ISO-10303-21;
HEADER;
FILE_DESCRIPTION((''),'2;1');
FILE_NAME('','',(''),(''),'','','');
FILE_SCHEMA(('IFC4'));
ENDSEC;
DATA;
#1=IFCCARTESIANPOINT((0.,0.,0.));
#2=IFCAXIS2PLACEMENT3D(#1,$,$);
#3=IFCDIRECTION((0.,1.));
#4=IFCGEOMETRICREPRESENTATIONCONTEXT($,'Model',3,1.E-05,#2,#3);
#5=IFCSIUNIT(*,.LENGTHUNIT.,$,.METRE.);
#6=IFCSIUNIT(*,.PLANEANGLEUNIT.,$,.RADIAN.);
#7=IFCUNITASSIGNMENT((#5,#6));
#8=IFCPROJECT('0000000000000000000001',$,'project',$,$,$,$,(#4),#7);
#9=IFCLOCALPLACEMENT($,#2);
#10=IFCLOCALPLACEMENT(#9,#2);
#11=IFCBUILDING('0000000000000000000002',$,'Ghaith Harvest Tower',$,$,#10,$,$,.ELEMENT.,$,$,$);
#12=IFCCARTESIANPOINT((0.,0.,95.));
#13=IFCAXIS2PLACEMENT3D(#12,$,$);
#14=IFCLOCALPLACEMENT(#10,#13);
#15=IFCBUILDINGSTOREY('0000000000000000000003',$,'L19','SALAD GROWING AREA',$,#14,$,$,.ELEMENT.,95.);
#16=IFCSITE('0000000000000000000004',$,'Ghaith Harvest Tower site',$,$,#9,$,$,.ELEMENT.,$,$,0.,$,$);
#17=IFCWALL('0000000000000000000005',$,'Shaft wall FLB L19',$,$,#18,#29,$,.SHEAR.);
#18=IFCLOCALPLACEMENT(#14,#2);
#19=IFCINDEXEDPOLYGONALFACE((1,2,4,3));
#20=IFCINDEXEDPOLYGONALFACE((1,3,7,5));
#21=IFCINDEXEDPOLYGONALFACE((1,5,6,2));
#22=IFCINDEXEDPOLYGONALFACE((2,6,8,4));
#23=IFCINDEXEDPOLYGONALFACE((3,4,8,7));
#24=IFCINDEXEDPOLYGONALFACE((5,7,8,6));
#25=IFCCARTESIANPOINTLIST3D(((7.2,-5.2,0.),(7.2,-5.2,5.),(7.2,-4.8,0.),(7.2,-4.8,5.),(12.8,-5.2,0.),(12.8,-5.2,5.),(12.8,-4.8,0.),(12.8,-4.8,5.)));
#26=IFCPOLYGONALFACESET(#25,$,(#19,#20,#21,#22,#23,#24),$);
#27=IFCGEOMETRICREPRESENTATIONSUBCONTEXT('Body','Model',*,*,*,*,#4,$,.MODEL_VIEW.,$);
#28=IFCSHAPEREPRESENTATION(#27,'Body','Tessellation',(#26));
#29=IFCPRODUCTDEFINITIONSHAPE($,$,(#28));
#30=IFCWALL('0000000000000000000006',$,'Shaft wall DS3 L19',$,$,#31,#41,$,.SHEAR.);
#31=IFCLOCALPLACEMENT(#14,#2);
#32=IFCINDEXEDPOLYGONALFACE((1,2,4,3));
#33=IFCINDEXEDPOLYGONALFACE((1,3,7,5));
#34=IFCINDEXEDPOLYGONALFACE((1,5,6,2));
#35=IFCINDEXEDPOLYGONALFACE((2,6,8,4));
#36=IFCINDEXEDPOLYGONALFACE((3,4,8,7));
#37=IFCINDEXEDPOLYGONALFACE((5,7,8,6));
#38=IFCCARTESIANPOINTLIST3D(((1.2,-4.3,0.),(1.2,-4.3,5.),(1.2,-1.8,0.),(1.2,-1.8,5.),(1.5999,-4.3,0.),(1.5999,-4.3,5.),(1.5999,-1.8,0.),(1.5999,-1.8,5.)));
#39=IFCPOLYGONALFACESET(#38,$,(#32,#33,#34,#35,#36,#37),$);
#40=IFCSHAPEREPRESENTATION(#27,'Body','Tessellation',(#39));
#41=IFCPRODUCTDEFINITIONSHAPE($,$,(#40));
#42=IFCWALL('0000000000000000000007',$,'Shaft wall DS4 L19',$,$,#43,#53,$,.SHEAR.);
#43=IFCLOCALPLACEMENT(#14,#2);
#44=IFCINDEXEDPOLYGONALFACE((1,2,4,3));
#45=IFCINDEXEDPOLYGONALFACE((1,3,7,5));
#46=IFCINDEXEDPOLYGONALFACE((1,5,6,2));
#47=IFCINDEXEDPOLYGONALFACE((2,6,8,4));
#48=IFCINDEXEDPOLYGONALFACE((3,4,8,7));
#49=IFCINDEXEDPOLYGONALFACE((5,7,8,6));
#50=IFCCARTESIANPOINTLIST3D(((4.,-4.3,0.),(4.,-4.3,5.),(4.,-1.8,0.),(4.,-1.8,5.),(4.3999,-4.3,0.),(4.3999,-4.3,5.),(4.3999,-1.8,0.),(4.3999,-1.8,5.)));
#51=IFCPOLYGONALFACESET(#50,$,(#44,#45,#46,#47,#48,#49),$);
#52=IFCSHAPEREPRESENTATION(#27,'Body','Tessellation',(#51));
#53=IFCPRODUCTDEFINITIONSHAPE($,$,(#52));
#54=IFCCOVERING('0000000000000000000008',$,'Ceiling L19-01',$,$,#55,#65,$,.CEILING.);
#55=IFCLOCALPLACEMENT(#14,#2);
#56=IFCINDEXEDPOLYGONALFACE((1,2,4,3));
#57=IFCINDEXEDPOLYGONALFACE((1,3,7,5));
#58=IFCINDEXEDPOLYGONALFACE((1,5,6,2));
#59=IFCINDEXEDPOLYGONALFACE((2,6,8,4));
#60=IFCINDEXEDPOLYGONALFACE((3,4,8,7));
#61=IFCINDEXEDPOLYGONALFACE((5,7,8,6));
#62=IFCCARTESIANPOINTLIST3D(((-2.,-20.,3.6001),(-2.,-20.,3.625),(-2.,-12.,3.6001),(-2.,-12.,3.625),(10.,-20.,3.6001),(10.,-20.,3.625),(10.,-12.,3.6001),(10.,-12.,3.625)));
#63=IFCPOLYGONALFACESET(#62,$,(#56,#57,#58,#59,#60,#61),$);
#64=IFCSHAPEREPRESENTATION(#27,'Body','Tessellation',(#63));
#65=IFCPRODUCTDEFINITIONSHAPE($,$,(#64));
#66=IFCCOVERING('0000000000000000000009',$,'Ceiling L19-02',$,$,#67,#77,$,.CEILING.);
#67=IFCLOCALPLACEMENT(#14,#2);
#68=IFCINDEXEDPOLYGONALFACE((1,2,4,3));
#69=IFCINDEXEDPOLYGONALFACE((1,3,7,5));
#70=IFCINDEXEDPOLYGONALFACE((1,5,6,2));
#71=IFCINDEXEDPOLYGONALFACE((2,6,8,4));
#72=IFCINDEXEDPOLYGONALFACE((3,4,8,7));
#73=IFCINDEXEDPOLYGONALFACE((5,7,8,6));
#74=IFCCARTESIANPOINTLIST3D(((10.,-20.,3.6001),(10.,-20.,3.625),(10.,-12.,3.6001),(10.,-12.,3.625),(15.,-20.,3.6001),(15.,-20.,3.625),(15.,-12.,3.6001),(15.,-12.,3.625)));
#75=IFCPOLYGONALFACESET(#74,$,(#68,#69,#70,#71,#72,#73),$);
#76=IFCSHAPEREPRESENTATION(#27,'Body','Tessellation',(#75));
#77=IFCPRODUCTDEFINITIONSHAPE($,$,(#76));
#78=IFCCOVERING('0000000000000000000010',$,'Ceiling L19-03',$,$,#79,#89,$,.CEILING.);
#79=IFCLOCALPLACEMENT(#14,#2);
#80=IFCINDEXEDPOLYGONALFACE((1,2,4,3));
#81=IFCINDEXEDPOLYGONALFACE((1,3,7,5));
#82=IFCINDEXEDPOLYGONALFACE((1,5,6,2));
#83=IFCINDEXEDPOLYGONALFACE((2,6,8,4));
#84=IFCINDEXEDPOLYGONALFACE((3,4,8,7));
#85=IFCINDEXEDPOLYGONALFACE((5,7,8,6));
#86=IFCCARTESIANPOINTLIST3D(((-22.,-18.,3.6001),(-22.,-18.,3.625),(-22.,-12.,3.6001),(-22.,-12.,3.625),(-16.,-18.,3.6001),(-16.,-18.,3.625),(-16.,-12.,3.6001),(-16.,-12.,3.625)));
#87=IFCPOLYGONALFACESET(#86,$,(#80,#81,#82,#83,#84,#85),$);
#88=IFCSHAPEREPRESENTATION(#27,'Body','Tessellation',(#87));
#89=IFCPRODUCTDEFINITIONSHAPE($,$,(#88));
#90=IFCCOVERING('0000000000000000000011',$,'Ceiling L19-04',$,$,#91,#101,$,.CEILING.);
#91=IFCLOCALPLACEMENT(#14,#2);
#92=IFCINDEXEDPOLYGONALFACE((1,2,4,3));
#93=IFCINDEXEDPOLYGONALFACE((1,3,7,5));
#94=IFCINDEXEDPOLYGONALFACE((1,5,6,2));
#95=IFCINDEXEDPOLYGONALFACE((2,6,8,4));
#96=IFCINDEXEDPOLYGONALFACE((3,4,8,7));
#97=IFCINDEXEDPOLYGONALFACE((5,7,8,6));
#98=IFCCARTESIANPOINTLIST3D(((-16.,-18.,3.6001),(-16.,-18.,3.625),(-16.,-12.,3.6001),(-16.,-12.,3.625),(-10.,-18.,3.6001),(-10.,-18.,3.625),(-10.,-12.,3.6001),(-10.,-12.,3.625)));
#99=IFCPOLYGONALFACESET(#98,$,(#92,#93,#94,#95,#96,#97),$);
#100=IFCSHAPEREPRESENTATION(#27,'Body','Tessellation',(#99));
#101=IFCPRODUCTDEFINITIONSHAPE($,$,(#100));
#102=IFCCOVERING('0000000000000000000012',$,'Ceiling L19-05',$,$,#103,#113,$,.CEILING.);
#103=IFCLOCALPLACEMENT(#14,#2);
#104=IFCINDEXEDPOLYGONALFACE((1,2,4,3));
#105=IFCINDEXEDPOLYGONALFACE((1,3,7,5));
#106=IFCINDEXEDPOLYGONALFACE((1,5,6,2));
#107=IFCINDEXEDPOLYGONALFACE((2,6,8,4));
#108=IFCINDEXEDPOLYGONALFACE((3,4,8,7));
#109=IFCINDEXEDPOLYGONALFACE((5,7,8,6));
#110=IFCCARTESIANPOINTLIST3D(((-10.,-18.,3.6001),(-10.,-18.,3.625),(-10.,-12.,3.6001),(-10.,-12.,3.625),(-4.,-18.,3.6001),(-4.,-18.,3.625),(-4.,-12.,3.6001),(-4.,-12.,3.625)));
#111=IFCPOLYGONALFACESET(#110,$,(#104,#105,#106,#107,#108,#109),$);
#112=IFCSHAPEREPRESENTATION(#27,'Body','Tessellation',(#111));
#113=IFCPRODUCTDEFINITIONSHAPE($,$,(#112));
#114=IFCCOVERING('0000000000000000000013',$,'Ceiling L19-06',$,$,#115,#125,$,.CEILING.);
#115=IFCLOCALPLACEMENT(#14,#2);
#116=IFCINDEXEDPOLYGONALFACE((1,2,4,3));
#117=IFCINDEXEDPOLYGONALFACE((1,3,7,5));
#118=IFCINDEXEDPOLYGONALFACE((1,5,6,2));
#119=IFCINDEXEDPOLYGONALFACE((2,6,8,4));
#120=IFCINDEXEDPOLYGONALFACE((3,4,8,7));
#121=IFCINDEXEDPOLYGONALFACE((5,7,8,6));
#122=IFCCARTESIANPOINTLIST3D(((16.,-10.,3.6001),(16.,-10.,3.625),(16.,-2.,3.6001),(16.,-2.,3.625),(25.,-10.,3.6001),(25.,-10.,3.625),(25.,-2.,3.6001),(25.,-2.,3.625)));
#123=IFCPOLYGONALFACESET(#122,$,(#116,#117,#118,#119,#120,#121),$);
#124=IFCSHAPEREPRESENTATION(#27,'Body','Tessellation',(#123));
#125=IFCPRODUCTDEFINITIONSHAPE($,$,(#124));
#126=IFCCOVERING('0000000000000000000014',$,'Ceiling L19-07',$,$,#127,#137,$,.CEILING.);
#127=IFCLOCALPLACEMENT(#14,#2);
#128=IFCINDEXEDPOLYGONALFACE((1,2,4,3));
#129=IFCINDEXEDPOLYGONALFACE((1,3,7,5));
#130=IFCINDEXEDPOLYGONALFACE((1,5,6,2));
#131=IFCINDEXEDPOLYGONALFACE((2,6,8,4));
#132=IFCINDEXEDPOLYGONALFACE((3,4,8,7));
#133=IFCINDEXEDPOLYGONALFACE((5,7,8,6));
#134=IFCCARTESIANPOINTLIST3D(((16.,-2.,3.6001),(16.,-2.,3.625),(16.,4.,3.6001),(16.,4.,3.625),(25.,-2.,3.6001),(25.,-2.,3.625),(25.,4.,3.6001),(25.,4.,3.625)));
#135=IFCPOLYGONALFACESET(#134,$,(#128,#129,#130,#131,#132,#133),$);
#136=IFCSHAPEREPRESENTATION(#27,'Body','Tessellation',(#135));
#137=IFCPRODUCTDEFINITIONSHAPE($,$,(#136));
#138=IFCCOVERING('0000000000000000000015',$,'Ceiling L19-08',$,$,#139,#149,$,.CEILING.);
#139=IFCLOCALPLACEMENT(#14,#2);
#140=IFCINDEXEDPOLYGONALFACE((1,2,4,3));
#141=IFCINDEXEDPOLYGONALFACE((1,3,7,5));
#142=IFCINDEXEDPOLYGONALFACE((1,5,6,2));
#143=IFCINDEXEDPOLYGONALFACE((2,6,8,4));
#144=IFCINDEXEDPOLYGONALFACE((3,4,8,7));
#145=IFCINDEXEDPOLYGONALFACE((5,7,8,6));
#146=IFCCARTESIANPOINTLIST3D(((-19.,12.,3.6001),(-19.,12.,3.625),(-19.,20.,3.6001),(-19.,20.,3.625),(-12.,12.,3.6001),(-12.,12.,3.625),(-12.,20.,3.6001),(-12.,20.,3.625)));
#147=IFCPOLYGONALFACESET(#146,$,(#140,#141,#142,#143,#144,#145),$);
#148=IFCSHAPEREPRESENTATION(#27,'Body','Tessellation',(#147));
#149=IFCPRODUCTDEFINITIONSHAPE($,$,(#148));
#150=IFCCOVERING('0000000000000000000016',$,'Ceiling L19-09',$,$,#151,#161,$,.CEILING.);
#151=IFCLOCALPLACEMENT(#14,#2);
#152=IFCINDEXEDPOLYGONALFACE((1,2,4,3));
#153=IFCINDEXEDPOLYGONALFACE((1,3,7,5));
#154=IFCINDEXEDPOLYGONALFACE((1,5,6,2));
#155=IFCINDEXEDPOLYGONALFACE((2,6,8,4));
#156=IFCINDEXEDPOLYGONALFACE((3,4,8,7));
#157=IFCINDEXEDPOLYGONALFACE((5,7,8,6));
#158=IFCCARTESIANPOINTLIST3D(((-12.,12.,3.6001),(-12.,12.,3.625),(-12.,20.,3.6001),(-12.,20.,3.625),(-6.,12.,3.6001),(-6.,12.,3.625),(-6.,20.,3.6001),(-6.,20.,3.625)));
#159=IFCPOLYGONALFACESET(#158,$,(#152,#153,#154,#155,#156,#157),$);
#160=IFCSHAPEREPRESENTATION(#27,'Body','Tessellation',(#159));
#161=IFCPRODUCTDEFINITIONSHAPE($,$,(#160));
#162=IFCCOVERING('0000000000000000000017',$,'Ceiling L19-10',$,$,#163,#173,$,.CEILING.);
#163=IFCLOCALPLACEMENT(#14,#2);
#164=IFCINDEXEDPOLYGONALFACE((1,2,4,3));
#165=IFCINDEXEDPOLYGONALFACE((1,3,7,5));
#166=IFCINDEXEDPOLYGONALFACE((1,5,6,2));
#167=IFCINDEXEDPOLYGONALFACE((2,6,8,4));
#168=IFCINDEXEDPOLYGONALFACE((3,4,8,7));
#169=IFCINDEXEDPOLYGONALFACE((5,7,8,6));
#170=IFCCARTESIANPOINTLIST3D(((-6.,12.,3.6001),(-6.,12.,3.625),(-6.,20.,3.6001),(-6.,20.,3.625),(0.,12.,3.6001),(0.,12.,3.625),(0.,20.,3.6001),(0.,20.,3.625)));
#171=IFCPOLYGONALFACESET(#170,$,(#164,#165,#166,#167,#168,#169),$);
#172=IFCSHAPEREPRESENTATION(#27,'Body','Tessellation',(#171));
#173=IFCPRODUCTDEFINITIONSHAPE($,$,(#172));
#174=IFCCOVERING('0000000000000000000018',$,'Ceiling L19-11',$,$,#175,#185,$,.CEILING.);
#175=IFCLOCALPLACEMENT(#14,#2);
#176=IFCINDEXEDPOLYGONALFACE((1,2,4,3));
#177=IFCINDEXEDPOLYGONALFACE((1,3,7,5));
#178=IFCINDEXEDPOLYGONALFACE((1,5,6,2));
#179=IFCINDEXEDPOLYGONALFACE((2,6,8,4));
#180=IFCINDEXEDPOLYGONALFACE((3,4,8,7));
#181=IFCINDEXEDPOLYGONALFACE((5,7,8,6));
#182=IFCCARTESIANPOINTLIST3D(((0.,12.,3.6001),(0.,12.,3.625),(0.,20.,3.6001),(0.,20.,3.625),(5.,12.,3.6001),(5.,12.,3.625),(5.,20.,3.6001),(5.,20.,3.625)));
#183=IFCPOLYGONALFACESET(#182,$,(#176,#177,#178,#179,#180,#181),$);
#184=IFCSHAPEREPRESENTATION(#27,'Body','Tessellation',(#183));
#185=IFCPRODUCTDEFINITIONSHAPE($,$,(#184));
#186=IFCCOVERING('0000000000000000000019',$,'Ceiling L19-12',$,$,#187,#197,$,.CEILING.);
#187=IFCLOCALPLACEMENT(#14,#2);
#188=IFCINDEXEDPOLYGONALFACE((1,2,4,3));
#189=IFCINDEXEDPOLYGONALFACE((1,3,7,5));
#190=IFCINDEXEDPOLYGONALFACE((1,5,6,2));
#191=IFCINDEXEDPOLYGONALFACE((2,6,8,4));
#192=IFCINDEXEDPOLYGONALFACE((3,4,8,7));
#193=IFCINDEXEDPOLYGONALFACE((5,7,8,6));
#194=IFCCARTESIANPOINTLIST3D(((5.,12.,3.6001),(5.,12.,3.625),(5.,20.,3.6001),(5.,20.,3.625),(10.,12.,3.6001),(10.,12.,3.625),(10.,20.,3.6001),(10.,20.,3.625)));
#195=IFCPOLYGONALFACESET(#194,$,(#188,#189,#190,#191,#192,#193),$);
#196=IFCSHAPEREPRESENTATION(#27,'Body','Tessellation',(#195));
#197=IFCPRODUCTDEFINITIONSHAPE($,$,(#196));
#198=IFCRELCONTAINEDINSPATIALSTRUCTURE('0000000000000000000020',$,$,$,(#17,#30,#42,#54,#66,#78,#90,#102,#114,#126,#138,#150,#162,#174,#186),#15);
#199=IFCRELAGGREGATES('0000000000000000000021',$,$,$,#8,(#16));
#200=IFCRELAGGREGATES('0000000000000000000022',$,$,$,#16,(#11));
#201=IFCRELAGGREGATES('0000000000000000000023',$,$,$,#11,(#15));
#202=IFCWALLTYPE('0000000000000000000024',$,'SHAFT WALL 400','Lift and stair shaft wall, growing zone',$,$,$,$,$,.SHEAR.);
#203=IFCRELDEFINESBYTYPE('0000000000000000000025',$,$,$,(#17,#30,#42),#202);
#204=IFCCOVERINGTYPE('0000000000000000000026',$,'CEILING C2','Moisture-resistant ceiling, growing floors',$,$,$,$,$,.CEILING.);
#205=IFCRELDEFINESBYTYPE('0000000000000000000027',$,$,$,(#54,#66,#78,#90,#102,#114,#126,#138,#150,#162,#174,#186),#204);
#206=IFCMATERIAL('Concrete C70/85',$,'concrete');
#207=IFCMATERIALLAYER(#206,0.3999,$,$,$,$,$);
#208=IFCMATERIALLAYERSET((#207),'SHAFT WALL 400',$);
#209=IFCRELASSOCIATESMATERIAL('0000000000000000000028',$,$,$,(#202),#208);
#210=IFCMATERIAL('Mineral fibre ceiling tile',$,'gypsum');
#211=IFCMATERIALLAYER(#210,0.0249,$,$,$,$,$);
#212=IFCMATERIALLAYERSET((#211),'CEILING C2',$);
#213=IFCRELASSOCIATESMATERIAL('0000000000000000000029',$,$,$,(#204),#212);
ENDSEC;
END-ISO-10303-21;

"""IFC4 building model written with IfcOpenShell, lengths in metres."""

from ifc_helpers import new_model, si_unit, direction, frame, frame_2d, origin, place, context, subcontext, project, spatial, polyline, rectangle, outline, extrude, material, layer, layer_set, type_object, element, save


model = new_model("IFC4")

# Units and contexts
model_context = context("Model", 3, precision=1e-05, world=origin(), true_north=direction((0.0, 1.0)))
body_context = subcontext(model_context, "Body", "Model", "MODEL_VIEW")
ifc_project = project(units=[si_unit("LENGTHUNIT", "METRE"), si_unit("PLANEANGLEUNIT", "RADIAN")], contexts=[model_context])

# Site, building, storey
site_placement = place(None, origin())
site = spatial("IfcSite", under=ifc_project, at=site_placement, Name="Ghaith Harvest Tower site", CompositionType="ELEMENT", RefElevation=0.0)
building_placement = place(site_placement, origin())
building = spatial("IfcBuilding", under=site, at=building_placement, Name="Ghaith Harvest Tower", CompositionType="ELEMENT")
storey_placement = place(building_placement, frame((0.0, 0.0, 95.0)))
storey = spatial("IfcBuildingStorey", under=building, at=storey_placement, Name="L19", Description="SALAD GROWING AREA", CompositionType="ELEMENT", Elevation=95.0)

# Shared definitions
ifc_material_1 = material(Name="Concrete C70/85", Category="concrete")
ifc_layer_1 = layer(ifc_material_1, 0.3999)
ifc_layer_set_1 = layer_set([ifc_layer_1], Name="SHAFT WALL 400")
wall_type_1 = type_object("IfcWallType", Name="SHAFT WALL 400", Description="Lift and stair shaft wall, growing zone", PredefinedType="SHEAR", material=ifc_layer_set_1)

# Walls
wall_1_placement = place(storey_placement, frame((7.2, -5.0, 0.0), z_axis=(0.0, 0.0, 1.0), x_axis=(1.0, 0.0, 0.0)))
element("IfcWall", 1, at=wall_1_placement, inside=storey, type_object=wall_type_1, Name="Shaft wall FLB L19", PredefinedType="SHEAR", context=body_context, shape_type="SweptSolid", body=[
    extrude(rectangle(XDim=5.6001, YDim=0.3999, at=frame_2d((2.8, 0.0))), origin(), (0.0, 0.0, 1.0), 5.0),
])
for number, where, z_axis, x_axis, name in (
    (2, (1.3999, -4.3, 0.0), (0.0, 0.0, 1.0), (0.0, 1.0, 0.0), "Shaft wall DS3 L19"),
    (3, (4.2, -4.3, 0.0), (0.0, 0.0, 1.0), (0.0, 1.0, 0.0), "Shaft wall DS4 L19"),
):
    element("IfcWall", number, at=place(storey_placement, frame(where, z_axis=z_axis, x_axis=x_axis)), inside=storey, type_object=wall_type_1, Name=name, PredefinedType="SHEAR", context=body_context, shape_type="SweptSolid", body=[
        extrude(rectangle(XDim=2.5, YDim=0.3999, at=frame_2d((1.25, 0.0))), origin(), (0.0, 0.0, 1.0), 5.0),
    ])

# Coverings
ifc_material_2 = material(Name="Mineral fibre ceiling tile", Category="gypsum")
ifc_layer_2 = layer(ifc_material_2, 0.0249)
ifc_layer_set_2 = layer_set([ifc_layer_2], Name="CEILING C2")
covering_type = type_object("IfcCoveringType", Name="CEILING C2", Description="Moisture-resistant ceiling, growing floors", PredefinedType="CEILING", material=ifc_layer_set_2)
covering_1_placement = place(storey_placement, frame((0.0, 0.0, 3.6001)))
element("IfcCovering", 4, at=covering_1_placement, inside=storey, type_object=covering_type, Name="Ceiling L19-01", PredefinedType="CEILING", context=body_context, shape_type="SweptSolid", body=[
    extrude(outline(polyline([(-2.0, -20.0), (10.0, -20.0), (10.0, -12.0), (-2.0, -12.0), (-2.0, -20.0)])), origin(), (0.0, 0.0, 1.0), 0.0249),
])
covering_2_placement = place(storey_placement, frame((0.0, 0.0, 3.6001)))
element("IfcCovering", 5, at=covering_2_placement, inside=storey, type_object=covering_type, Name="Ceiling L19-02", PredefinedType="CEILING", context=body_context, shape_type="SweptSolid", body=[
    extrude(outline(polyline([(10.0, -20.0), (15.0, -20.0), (15.0, -12.0), (10.0, -12.0), (10.0, -20.0)])), origin(), (0.0, 0.0, 1.0), 0.0249),
])
covering_3_placement = place(storey_placement, frame((0.0, 0.0, 3.6001)))
element("IfcCovering", 6, at=covering_3_placement, inside=storey, type_object=covering_type, Name="Ceiling L19-03", PredefinedType="CEILING", context=body_context, shape_type="SweptSolid", body=[
    extrude(outline(polyline([(-22.0, -18.0), (-16.0, -18.0), (-16.0, -12.0), (-22.0, -12.0), (-22.0, -18.0)])), origin(), (0.0, 0.0, 1.0), 0.0249),
])
covering_4_placement = place(storey_placement, frame((0.0, 0.0, 3.6001)))
element("IfcCovering", 7, at=covering_4_placement, inside=storey, type_object=covering_type, Name="Ceiling L19-04", PredefinedType="CEILING", context=body_context, shape_type="SweptSolid", body=[
    extrude(outline(polyline([(-16.0, -18.0), (-10.0, -18.0), (-10.0, -12.0), (-16.0, -12.0), (-16.0, -18.0)])), origin(), (0.0, 0.0, 1.0), 0.0249),
])
covering_5_placement = place(storey_placement, frame((0.0, 0.0, 3.6001)))
element("IfcCovering", 8, at=covering_5_placement, inside=storey, type_object=covering_type, Name="Ceiling L19-05", PredefinedType="CEILING", context=body_context, shape_type="SweptSolid", body=[
    extrude(outline(polyline([(-10.0, -18.0), (-4.0, -18.0), (-4.0, -12.0), (-10.0, -12.0), (-10.0, -18.0)])), origin(), (0.0, 0.0, 1.0), 0.0249),
])
covering_6_placement = place(storey_placement, frame((0.0, 0.0, 3.6001)))
element("IfcCovering", 9, at=covering_6_placement, inside=storey, type_object=covering_type, Name="Ceiling L19-06", PredefinedType="CEILING", context=body_context, shape_type="SweptSolid", body=[
    extrude(outline(polyline([(16.0, -10.0), (25.0, -10.0), (25.0, -2.0), (16.0, -2.0), (16.0, -10.0)])), origin(), (0.0, 0.0, 1.0), 0.0249),
])
covering_7_placement = place(storey_placement, frame((0.0, 0.0, 3.6001)))
element("IfcCovering", 10, at=covering_7_placement, inside=storey, type_object=covering_type, Name="Ceiling L19-07", PredefinedType="CEILING", context=body_context, shape_type="SweptSolid", body=[
    extrude(outline(polyline([(16.0, -2.0), (25.0, -2.0), (25.0, 4.0), (16.0, 4.0), (16.0, -2.0)])), origin(), (0.0, 0.0, 1.0), 0.0249),
])
covering_8_placement = place(storey_placement, frame((0.0, 0.0, 3.6001)))
element("IfcCovering", 11, at=covering_8_placement, inside=storey, type_object=covering_type, Name="Ceiling L19-08", PredefinedType="CEILING", context=body_context, shape_type="SweptSolid", body=[
    extrude(outline(polyline([(-19.0, 12.0), (-12.0, 12.0), (-12.0, 20.0), (-19.0, 20.0), (-19.0, 12.0)])), origin(), (0.0, 0.0, 1.0), 0.0249),
])
covering_9_placement = place(storey_placement, frame((0.0, 0.0, 3.6001)))
element("IfcCovering", 12, at=covering_9_placement, inside=storey, type_object=covering_type, Name="Ceiling L19-09", PredefinedType="CEILING", context=body_context, shape_type="SweptSolid", body=[
    extrude(outline(polyline([(-12.0, 12.0), (-6.0, 12.0), (-6.0, 20.0), (-12.0, 20.0), (-12.0, 12.0)])), origin(), (0.0, 0.0, 1.0), 0.0249),
])
covering_10_placement = place(storey_placement, frame((0.0, 0.0, 3.6001)))
element("IfcCovering", 13, at=covering_10_placement, inside=storey, type_object=covering_type, Name="Ceiling L19-10", PredefinedType="CEILING", context=body_context, shape_type="SweptSolid", body=[
    extrude(outline(polyline([(-6.0, 12.0), (0.0, 12.0), (0.0, 20.0), (-6.0, 20.0), (-6.0, 12.0)])), origin(), (0.0, 0.0, 1.0), 0.0249),
])
covering_11_placement = place(storey_placement, frame((0.0, 0.0, 3.6001)))
element("IfcCovering", 14, at=covering_11_placement, inside=storey, type_object=covering_type, Name="Ceiling L19-11", PredefinedType="CEILING", context=body_context, shape_type="SweptSolid", body=[
    extrude(outline(polyline([(0.0, 12.0), (5.0, 12.0), (5.0, 20.0), (0.0, 20.0), (0.0, 12.0)])), origin(), (0.0, 0.0, 1.0), 0.0249),
])
covering_12_placement = place(storey_placement, frame((0.0, 0.0, 3.6001)))
element("IfcCovering", 15, at=covering_12_placement, inside=storey, type_object=covering_type, Name="Ceiling L19-12", PredefinedType="CEILING", context=body_context, shape_type="SweptSolid", body=[
    extrude(outline(polyline([(5.0, 12.0), (10.0, 12.0), (10.0, 20.0), (5.0, 20.0), (5.0, 12.0)])), origin(), (0.0, 0.0, 1.0), 0.0249),
])

save(model, "model.ifc")
